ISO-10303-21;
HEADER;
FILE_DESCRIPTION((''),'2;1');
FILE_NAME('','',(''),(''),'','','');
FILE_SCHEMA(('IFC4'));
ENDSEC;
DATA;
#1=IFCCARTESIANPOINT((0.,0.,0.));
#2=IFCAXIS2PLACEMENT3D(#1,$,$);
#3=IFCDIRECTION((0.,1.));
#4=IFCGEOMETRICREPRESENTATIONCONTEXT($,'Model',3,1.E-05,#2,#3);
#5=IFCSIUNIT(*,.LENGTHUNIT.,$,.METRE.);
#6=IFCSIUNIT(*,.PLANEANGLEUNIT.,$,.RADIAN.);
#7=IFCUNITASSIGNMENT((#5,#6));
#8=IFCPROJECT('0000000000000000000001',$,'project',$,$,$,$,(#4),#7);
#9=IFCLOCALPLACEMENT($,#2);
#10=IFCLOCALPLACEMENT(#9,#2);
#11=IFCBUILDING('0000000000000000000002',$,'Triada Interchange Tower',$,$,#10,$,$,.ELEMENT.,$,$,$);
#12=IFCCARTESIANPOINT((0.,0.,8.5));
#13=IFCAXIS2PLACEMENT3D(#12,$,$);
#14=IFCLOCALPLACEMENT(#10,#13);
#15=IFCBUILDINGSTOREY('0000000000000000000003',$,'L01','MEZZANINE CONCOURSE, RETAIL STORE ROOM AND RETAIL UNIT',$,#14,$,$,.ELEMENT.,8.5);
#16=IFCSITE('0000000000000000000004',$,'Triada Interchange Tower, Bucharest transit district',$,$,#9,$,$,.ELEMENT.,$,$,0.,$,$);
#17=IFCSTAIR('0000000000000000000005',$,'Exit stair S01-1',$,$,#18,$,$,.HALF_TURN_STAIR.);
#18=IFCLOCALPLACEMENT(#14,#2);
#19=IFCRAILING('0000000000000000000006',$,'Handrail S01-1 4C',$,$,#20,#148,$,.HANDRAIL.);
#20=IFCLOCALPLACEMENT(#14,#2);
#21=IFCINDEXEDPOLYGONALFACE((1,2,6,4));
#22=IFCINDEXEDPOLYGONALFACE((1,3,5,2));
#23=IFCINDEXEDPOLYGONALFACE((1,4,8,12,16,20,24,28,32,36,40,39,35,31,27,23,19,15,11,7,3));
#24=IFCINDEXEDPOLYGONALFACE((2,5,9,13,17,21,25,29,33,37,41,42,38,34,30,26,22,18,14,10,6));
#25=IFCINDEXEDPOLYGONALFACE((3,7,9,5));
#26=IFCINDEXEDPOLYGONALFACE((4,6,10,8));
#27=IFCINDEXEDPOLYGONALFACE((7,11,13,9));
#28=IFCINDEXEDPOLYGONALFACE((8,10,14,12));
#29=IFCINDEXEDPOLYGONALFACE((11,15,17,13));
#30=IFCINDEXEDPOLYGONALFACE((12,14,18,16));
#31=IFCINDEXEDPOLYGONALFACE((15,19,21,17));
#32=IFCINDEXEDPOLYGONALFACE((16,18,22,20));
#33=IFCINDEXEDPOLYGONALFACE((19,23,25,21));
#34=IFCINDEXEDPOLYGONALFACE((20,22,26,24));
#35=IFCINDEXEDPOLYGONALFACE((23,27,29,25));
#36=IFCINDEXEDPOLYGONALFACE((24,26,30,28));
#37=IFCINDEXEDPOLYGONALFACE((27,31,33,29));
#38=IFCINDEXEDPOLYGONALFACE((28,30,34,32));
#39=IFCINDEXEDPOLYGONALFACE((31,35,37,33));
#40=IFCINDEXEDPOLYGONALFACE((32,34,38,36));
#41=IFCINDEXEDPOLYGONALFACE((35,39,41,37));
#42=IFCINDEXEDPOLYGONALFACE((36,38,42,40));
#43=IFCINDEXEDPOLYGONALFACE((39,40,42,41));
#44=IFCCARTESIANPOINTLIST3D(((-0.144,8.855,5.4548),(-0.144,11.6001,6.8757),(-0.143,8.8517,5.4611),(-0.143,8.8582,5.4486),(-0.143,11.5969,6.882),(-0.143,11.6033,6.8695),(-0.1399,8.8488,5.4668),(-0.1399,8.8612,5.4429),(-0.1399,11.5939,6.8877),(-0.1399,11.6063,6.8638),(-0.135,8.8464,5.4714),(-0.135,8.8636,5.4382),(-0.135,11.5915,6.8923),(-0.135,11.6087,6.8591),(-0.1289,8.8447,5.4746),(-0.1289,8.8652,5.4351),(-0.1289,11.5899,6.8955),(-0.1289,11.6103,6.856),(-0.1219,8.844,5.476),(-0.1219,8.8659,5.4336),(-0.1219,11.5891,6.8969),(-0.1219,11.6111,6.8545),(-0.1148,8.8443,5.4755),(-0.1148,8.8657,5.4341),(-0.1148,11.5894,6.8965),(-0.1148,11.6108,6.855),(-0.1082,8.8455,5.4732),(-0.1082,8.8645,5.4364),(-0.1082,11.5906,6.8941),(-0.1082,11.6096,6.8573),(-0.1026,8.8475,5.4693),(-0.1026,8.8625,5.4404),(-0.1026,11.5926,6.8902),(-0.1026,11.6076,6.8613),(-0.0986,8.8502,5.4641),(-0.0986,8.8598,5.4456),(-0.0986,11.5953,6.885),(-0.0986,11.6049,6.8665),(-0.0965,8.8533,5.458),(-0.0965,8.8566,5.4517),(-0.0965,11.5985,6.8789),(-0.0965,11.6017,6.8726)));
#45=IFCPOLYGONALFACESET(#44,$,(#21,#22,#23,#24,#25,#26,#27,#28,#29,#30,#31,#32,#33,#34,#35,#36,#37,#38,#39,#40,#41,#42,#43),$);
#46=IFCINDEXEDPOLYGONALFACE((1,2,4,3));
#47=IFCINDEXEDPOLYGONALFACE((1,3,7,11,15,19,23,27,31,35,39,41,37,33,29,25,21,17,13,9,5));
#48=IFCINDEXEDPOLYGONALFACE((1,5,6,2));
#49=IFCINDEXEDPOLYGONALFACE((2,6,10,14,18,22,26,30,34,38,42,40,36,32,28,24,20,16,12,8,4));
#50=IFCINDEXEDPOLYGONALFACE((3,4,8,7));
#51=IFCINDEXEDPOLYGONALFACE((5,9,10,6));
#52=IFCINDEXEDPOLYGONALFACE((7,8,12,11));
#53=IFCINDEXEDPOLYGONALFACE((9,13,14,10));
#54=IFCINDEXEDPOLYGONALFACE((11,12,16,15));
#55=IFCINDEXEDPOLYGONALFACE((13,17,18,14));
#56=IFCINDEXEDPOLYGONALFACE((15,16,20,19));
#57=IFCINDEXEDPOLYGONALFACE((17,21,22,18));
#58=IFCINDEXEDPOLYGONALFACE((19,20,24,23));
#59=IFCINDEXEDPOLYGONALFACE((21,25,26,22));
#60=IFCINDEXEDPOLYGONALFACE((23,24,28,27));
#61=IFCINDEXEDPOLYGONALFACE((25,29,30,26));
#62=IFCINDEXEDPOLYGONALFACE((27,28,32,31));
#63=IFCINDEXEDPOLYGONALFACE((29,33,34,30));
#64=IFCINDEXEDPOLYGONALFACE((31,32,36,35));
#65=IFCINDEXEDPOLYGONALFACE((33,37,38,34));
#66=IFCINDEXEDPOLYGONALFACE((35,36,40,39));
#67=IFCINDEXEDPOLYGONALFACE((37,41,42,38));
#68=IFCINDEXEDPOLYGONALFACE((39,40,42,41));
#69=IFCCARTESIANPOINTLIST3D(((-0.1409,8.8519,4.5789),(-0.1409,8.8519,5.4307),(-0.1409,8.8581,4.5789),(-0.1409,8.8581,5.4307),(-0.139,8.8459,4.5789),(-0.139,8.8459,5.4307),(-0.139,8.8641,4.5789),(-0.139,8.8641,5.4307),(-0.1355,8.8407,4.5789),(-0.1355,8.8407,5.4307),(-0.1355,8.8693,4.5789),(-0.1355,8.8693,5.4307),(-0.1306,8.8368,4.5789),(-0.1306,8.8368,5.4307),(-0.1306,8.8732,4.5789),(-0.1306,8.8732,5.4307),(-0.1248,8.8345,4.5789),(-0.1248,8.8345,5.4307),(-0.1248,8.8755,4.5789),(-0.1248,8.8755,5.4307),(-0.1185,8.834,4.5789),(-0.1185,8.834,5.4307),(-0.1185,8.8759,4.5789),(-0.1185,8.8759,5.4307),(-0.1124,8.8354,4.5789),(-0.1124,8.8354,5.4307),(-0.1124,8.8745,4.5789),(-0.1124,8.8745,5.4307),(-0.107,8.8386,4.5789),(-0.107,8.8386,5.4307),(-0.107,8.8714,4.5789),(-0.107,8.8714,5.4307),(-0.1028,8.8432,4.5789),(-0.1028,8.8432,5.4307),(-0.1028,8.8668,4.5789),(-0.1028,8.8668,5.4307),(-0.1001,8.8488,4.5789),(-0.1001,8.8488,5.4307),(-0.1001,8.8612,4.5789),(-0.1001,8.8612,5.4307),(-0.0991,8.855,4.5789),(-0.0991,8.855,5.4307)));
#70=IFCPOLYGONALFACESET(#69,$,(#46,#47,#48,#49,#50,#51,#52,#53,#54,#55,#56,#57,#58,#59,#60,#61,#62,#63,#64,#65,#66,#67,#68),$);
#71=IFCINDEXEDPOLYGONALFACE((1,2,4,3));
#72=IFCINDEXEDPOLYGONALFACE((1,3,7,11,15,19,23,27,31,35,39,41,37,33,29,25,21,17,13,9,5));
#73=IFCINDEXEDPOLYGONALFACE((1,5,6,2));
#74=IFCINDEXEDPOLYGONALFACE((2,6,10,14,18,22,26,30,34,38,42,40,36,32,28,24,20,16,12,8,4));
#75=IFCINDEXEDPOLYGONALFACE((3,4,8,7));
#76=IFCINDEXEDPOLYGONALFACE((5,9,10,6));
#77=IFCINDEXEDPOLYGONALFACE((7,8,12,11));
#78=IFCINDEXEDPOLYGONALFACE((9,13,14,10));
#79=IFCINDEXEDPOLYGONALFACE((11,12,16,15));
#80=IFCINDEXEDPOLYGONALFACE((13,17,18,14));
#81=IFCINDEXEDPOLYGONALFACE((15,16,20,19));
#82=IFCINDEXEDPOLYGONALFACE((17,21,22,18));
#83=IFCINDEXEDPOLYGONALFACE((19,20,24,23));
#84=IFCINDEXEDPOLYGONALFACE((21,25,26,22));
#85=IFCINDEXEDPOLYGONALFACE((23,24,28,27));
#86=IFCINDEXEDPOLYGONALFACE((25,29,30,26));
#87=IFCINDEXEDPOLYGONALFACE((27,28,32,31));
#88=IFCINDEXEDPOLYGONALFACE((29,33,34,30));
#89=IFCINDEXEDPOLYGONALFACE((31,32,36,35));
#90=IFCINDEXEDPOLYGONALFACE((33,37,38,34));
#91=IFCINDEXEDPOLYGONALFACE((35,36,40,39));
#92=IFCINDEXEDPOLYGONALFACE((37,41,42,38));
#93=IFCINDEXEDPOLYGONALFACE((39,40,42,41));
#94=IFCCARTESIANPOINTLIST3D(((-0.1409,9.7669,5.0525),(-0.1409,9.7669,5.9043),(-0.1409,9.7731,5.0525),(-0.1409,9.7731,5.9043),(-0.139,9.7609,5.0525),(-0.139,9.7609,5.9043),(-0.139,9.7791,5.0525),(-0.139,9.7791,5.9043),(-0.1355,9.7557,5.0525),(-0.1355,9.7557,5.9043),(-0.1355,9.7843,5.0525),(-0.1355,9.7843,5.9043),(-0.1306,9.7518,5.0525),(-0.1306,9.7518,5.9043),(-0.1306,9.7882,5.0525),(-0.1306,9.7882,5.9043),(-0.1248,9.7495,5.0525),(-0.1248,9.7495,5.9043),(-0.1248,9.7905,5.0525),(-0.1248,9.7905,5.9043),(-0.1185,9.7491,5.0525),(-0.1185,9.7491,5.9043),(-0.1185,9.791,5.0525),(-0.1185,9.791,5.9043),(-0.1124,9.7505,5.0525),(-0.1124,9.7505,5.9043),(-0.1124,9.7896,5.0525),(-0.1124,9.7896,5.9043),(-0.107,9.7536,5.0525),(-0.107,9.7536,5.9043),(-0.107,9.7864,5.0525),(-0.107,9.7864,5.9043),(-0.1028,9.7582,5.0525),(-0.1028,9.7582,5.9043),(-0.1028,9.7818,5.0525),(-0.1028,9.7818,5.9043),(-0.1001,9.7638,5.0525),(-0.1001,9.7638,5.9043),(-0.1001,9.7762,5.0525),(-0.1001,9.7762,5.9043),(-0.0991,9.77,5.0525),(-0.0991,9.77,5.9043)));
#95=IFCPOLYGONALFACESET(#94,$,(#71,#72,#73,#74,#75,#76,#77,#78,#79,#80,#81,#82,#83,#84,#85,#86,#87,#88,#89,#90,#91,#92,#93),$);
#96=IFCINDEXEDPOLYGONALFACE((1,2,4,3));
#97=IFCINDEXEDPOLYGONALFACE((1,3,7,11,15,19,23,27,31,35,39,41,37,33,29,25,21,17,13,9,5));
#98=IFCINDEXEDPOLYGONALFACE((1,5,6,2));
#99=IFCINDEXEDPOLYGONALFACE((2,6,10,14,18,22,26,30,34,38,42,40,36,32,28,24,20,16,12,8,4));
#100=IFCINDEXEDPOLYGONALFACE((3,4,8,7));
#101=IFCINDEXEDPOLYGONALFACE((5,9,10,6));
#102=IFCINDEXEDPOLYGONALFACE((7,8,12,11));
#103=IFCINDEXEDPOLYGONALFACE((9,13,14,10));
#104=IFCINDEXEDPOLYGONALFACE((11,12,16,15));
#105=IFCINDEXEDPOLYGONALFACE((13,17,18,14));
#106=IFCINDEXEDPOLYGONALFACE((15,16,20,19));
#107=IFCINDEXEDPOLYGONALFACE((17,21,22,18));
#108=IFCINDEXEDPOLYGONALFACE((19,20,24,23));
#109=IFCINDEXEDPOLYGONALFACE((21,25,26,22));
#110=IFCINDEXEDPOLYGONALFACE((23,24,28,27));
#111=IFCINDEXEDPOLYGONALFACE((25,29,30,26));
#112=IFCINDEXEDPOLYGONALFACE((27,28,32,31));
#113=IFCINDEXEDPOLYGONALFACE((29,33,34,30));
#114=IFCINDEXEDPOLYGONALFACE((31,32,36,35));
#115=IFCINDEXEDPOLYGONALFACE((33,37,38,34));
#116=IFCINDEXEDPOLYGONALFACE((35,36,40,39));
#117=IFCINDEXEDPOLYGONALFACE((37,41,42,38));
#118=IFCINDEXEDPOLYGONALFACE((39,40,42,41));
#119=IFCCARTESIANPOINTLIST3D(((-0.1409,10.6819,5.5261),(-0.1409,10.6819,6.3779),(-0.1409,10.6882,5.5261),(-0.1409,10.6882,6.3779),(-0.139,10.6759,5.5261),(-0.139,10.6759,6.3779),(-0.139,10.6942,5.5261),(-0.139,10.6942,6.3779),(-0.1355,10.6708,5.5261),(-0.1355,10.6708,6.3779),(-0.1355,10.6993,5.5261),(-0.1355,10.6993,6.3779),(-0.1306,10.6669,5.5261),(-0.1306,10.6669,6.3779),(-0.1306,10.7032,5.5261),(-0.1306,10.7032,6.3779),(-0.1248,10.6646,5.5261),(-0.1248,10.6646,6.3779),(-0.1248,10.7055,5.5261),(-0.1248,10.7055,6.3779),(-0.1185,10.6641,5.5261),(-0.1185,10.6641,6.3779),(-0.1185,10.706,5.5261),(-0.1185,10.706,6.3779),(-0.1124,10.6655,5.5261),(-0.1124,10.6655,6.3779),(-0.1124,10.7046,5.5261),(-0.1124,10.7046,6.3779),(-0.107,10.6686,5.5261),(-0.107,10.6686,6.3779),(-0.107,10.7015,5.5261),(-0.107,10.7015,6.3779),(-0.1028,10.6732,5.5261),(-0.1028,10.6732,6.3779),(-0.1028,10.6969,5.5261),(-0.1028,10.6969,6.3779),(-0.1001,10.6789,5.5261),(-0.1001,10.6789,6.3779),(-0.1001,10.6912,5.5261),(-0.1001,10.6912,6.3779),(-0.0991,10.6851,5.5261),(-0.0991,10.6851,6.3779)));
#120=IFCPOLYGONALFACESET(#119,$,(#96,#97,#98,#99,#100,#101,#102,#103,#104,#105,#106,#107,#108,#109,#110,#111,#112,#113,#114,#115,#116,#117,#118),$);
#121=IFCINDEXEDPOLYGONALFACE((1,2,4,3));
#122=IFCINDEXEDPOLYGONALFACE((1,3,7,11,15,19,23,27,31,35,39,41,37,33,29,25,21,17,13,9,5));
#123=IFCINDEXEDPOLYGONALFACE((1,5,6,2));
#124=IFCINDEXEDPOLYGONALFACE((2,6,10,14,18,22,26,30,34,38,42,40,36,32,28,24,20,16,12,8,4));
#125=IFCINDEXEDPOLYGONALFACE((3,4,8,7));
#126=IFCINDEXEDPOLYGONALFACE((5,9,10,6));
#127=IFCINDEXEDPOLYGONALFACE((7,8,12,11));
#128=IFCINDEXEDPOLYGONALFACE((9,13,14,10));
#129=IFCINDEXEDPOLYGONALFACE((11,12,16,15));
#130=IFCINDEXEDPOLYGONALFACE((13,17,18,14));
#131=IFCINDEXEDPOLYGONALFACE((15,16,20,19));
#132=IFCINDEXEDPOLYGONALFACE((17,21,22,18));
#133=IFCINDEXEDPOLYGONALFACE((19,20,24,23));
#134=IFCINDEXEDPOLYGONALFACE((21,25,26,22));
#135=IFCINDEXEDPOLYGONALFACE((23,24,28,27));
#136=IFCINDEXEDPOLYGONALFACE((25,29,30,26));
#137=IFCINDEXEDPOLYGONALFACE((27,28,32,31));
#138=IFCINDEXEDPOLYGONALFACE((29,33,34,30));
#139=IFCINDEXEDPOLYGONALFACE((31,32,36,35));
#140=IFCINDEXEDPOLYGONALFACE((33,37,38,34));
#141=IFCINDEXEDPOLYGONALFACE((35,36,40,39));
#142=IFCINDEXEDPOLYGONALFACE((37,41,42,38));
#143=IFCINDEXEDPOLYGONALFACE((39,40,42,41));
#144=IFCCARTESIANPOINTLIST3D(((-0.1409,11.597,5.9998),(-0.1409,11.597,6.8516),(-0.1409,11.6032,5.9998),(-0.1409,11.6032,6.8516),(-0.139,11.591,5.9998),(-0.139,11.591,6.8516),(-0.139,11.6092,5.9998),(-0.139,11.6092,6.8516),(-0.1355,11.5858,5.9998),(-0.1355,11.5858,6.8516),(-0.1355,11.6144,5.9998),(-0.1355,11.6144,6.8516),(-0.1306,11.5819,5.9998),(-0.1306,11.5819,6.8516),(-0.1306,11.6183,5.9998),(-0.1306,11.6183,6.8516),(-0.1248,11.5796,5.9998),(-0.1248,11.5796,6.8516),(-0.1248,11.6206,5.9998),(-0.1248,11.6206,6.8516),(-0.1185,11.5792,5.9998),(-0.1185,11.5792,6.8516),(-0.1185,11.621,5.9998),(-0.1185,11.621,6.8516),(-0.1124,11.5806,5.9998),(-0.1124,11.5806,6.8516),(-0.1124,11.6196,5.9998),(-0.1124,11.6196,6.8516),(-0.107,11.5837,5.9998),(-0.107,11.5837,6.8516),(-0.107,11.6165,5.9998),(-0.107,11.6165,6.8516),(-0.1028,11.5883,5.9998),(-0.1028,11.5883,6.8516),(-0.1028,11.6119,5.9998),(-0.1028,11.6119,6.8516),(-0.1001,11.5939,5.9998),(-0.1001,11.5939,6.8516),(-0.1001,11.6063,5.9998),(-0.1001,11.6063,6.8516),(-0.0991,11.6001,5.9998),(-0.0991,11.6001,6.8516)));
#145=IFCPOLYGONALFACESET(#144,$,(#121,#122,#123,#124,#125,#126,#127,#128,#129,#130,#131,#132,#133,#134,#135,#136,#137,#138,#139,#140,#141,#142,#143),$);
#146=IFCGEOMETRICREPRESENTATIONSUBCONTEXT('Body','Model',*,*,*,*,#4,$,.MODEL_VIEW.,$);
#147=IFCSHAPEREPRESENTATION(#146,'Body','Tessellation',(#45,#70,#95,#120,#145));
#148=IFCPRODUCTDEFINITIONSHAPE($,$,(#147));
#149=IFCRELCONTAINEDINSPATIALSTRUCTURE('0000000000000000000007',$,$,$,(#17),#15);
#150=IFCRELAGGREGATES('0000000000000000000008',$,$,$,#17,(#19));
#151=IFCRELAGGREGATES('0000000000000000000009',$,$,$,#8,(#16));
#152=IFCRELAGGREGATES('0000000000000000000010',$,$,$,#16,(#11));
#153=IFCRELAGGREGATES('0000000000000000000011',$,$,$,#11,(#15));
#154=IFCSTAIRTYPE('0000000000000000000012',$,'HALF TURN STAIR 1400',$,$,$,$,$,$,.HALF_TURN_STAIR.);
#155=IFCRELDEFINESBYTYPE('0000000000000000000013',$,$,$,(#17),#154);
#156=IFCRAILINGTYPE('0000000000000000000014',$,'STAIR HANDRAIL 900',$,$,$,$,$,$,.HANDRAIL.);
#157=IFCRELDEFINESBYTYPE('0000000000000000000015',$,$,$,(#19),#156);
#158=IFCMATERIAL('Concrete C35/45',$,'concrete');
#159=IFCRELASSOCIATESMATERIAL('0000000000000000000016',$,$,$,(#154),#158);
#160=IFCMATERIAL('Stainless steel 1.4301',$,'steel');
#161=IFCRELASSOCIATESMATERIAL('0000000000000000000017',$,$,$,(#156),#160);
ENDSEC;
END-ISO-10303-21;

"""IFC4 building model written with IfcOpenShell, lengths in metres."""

from ifc_helpers import new_model, si_unit, direction, frame, origin, origin_2d, place, context, subcontext, project, spatial, circle, extrude, material, type_object, element, aggregate, save


model = new_model("IFC4")

# Units and contexts
model_context = context("Model", 3, precision=1e-05, world=origin(), true_north=direction((0.0, 1.0)))
body_context = subcontext(model_context, "Body", "Model", "MODEL_VIEW")
ifc_project = project(units=[si_unit("LENGTHUNIT", "METRE"), si_unit("PLANEANGLEUNIT", "RADIAN")], contexts=[model_context])

# Site, building, storey
site_placement = place(None, origin())
site = spatial("IfcSite", under=ifc_project, at=site_placement, Name="Triada Interchange Tower, Bucharest transit district", CompositionType="ELEMENT", RefElevation=0.0)
building_placement = place(site_placement, origin())
building = spatial("IfcBuilding", under=site, at=building_placement, Name="Triada Interchange Tower", CompositionType="ELEMENT")
storey_placement = place(building_placement, frame((0.0, 0.0, 8.5)))
storey = spatial("IfcBuildingStorey", under=building, at=storey_placement, Name="L01", Description="MEZZANINE CONCOURSE, RETAIL STORE ROOM AND RETAIL UNIT", CompositionType="ELEMENT", Elevation=8.5)

# Stair, railing
ifc_material_1 = material(Name="Concrete C35/45", Category="concrete")
stair_type = type_object("IfcStairType", Name="HALF TURN STAIR 1400", PredefinedType="HALF_TURN_STAIR", material=ifc_material_1)
stair_placement = place(storey_placement, origin())
stair = element("IfcStair", 1, at=stair_placement, inside=storey, type_object=stair_type, Name="Exit stair S01-1", PredefinedType="HALF_TURN_STAIR")
ifc_material_2 = material(Name="Stainless steel 1.4301", Category="steel")
railing_type = type_object("IfcRailingType", Name="STAIR HANDRAIL 900", PredefinedType="HANDRAIL", material=ifc_material_2)
railing_1_placement = place(storey_placement, frame((-0.1201, 8.855, 4.5789)))
railing_1 = element("IfcRailing", 2, at=railing_1_placement, type_object=railing_type, Name="Handrail S01-1 4C", PredefinedType="HANDRAIL", context=body_context, shape_type="SweptSolid", body=[
    extrude(circle(Radius=0.0239, at=origin_2d()), frame((0.0, 0.0, 0.876), z_axis=(0.0, 0.888084, 0.459681), x_axis=(-1.0, 0.0, 0.0)), (0.0, 0.0, 1.0), 3.0911),
    extrude(circle(Radius=0.021, at=origin_2d()), origin(), (0.0, 0.0, 1.0), 0.8518),
    extrude(circle(Radius=0.021, at=origin_2d()), frame((0.0, 0.915, 0.4736)), (0.0, 0.0, 1.0), 0.8518),
    extrude(circle(Radius=0.021, at=origin_2d()), frame((0.0, 1.8301, 0.9473)), (0.0, 0.0, 1.0), 0.8518),
    extrude(circle(Radius=0.021, at=origin_2d()), frame((0.0, 2.7451, 1.4209)), (0.0, 0.0, 1.0), 0.8518),
])
aggregate(stair, [railing_1])

save(model, "model.ifc")
